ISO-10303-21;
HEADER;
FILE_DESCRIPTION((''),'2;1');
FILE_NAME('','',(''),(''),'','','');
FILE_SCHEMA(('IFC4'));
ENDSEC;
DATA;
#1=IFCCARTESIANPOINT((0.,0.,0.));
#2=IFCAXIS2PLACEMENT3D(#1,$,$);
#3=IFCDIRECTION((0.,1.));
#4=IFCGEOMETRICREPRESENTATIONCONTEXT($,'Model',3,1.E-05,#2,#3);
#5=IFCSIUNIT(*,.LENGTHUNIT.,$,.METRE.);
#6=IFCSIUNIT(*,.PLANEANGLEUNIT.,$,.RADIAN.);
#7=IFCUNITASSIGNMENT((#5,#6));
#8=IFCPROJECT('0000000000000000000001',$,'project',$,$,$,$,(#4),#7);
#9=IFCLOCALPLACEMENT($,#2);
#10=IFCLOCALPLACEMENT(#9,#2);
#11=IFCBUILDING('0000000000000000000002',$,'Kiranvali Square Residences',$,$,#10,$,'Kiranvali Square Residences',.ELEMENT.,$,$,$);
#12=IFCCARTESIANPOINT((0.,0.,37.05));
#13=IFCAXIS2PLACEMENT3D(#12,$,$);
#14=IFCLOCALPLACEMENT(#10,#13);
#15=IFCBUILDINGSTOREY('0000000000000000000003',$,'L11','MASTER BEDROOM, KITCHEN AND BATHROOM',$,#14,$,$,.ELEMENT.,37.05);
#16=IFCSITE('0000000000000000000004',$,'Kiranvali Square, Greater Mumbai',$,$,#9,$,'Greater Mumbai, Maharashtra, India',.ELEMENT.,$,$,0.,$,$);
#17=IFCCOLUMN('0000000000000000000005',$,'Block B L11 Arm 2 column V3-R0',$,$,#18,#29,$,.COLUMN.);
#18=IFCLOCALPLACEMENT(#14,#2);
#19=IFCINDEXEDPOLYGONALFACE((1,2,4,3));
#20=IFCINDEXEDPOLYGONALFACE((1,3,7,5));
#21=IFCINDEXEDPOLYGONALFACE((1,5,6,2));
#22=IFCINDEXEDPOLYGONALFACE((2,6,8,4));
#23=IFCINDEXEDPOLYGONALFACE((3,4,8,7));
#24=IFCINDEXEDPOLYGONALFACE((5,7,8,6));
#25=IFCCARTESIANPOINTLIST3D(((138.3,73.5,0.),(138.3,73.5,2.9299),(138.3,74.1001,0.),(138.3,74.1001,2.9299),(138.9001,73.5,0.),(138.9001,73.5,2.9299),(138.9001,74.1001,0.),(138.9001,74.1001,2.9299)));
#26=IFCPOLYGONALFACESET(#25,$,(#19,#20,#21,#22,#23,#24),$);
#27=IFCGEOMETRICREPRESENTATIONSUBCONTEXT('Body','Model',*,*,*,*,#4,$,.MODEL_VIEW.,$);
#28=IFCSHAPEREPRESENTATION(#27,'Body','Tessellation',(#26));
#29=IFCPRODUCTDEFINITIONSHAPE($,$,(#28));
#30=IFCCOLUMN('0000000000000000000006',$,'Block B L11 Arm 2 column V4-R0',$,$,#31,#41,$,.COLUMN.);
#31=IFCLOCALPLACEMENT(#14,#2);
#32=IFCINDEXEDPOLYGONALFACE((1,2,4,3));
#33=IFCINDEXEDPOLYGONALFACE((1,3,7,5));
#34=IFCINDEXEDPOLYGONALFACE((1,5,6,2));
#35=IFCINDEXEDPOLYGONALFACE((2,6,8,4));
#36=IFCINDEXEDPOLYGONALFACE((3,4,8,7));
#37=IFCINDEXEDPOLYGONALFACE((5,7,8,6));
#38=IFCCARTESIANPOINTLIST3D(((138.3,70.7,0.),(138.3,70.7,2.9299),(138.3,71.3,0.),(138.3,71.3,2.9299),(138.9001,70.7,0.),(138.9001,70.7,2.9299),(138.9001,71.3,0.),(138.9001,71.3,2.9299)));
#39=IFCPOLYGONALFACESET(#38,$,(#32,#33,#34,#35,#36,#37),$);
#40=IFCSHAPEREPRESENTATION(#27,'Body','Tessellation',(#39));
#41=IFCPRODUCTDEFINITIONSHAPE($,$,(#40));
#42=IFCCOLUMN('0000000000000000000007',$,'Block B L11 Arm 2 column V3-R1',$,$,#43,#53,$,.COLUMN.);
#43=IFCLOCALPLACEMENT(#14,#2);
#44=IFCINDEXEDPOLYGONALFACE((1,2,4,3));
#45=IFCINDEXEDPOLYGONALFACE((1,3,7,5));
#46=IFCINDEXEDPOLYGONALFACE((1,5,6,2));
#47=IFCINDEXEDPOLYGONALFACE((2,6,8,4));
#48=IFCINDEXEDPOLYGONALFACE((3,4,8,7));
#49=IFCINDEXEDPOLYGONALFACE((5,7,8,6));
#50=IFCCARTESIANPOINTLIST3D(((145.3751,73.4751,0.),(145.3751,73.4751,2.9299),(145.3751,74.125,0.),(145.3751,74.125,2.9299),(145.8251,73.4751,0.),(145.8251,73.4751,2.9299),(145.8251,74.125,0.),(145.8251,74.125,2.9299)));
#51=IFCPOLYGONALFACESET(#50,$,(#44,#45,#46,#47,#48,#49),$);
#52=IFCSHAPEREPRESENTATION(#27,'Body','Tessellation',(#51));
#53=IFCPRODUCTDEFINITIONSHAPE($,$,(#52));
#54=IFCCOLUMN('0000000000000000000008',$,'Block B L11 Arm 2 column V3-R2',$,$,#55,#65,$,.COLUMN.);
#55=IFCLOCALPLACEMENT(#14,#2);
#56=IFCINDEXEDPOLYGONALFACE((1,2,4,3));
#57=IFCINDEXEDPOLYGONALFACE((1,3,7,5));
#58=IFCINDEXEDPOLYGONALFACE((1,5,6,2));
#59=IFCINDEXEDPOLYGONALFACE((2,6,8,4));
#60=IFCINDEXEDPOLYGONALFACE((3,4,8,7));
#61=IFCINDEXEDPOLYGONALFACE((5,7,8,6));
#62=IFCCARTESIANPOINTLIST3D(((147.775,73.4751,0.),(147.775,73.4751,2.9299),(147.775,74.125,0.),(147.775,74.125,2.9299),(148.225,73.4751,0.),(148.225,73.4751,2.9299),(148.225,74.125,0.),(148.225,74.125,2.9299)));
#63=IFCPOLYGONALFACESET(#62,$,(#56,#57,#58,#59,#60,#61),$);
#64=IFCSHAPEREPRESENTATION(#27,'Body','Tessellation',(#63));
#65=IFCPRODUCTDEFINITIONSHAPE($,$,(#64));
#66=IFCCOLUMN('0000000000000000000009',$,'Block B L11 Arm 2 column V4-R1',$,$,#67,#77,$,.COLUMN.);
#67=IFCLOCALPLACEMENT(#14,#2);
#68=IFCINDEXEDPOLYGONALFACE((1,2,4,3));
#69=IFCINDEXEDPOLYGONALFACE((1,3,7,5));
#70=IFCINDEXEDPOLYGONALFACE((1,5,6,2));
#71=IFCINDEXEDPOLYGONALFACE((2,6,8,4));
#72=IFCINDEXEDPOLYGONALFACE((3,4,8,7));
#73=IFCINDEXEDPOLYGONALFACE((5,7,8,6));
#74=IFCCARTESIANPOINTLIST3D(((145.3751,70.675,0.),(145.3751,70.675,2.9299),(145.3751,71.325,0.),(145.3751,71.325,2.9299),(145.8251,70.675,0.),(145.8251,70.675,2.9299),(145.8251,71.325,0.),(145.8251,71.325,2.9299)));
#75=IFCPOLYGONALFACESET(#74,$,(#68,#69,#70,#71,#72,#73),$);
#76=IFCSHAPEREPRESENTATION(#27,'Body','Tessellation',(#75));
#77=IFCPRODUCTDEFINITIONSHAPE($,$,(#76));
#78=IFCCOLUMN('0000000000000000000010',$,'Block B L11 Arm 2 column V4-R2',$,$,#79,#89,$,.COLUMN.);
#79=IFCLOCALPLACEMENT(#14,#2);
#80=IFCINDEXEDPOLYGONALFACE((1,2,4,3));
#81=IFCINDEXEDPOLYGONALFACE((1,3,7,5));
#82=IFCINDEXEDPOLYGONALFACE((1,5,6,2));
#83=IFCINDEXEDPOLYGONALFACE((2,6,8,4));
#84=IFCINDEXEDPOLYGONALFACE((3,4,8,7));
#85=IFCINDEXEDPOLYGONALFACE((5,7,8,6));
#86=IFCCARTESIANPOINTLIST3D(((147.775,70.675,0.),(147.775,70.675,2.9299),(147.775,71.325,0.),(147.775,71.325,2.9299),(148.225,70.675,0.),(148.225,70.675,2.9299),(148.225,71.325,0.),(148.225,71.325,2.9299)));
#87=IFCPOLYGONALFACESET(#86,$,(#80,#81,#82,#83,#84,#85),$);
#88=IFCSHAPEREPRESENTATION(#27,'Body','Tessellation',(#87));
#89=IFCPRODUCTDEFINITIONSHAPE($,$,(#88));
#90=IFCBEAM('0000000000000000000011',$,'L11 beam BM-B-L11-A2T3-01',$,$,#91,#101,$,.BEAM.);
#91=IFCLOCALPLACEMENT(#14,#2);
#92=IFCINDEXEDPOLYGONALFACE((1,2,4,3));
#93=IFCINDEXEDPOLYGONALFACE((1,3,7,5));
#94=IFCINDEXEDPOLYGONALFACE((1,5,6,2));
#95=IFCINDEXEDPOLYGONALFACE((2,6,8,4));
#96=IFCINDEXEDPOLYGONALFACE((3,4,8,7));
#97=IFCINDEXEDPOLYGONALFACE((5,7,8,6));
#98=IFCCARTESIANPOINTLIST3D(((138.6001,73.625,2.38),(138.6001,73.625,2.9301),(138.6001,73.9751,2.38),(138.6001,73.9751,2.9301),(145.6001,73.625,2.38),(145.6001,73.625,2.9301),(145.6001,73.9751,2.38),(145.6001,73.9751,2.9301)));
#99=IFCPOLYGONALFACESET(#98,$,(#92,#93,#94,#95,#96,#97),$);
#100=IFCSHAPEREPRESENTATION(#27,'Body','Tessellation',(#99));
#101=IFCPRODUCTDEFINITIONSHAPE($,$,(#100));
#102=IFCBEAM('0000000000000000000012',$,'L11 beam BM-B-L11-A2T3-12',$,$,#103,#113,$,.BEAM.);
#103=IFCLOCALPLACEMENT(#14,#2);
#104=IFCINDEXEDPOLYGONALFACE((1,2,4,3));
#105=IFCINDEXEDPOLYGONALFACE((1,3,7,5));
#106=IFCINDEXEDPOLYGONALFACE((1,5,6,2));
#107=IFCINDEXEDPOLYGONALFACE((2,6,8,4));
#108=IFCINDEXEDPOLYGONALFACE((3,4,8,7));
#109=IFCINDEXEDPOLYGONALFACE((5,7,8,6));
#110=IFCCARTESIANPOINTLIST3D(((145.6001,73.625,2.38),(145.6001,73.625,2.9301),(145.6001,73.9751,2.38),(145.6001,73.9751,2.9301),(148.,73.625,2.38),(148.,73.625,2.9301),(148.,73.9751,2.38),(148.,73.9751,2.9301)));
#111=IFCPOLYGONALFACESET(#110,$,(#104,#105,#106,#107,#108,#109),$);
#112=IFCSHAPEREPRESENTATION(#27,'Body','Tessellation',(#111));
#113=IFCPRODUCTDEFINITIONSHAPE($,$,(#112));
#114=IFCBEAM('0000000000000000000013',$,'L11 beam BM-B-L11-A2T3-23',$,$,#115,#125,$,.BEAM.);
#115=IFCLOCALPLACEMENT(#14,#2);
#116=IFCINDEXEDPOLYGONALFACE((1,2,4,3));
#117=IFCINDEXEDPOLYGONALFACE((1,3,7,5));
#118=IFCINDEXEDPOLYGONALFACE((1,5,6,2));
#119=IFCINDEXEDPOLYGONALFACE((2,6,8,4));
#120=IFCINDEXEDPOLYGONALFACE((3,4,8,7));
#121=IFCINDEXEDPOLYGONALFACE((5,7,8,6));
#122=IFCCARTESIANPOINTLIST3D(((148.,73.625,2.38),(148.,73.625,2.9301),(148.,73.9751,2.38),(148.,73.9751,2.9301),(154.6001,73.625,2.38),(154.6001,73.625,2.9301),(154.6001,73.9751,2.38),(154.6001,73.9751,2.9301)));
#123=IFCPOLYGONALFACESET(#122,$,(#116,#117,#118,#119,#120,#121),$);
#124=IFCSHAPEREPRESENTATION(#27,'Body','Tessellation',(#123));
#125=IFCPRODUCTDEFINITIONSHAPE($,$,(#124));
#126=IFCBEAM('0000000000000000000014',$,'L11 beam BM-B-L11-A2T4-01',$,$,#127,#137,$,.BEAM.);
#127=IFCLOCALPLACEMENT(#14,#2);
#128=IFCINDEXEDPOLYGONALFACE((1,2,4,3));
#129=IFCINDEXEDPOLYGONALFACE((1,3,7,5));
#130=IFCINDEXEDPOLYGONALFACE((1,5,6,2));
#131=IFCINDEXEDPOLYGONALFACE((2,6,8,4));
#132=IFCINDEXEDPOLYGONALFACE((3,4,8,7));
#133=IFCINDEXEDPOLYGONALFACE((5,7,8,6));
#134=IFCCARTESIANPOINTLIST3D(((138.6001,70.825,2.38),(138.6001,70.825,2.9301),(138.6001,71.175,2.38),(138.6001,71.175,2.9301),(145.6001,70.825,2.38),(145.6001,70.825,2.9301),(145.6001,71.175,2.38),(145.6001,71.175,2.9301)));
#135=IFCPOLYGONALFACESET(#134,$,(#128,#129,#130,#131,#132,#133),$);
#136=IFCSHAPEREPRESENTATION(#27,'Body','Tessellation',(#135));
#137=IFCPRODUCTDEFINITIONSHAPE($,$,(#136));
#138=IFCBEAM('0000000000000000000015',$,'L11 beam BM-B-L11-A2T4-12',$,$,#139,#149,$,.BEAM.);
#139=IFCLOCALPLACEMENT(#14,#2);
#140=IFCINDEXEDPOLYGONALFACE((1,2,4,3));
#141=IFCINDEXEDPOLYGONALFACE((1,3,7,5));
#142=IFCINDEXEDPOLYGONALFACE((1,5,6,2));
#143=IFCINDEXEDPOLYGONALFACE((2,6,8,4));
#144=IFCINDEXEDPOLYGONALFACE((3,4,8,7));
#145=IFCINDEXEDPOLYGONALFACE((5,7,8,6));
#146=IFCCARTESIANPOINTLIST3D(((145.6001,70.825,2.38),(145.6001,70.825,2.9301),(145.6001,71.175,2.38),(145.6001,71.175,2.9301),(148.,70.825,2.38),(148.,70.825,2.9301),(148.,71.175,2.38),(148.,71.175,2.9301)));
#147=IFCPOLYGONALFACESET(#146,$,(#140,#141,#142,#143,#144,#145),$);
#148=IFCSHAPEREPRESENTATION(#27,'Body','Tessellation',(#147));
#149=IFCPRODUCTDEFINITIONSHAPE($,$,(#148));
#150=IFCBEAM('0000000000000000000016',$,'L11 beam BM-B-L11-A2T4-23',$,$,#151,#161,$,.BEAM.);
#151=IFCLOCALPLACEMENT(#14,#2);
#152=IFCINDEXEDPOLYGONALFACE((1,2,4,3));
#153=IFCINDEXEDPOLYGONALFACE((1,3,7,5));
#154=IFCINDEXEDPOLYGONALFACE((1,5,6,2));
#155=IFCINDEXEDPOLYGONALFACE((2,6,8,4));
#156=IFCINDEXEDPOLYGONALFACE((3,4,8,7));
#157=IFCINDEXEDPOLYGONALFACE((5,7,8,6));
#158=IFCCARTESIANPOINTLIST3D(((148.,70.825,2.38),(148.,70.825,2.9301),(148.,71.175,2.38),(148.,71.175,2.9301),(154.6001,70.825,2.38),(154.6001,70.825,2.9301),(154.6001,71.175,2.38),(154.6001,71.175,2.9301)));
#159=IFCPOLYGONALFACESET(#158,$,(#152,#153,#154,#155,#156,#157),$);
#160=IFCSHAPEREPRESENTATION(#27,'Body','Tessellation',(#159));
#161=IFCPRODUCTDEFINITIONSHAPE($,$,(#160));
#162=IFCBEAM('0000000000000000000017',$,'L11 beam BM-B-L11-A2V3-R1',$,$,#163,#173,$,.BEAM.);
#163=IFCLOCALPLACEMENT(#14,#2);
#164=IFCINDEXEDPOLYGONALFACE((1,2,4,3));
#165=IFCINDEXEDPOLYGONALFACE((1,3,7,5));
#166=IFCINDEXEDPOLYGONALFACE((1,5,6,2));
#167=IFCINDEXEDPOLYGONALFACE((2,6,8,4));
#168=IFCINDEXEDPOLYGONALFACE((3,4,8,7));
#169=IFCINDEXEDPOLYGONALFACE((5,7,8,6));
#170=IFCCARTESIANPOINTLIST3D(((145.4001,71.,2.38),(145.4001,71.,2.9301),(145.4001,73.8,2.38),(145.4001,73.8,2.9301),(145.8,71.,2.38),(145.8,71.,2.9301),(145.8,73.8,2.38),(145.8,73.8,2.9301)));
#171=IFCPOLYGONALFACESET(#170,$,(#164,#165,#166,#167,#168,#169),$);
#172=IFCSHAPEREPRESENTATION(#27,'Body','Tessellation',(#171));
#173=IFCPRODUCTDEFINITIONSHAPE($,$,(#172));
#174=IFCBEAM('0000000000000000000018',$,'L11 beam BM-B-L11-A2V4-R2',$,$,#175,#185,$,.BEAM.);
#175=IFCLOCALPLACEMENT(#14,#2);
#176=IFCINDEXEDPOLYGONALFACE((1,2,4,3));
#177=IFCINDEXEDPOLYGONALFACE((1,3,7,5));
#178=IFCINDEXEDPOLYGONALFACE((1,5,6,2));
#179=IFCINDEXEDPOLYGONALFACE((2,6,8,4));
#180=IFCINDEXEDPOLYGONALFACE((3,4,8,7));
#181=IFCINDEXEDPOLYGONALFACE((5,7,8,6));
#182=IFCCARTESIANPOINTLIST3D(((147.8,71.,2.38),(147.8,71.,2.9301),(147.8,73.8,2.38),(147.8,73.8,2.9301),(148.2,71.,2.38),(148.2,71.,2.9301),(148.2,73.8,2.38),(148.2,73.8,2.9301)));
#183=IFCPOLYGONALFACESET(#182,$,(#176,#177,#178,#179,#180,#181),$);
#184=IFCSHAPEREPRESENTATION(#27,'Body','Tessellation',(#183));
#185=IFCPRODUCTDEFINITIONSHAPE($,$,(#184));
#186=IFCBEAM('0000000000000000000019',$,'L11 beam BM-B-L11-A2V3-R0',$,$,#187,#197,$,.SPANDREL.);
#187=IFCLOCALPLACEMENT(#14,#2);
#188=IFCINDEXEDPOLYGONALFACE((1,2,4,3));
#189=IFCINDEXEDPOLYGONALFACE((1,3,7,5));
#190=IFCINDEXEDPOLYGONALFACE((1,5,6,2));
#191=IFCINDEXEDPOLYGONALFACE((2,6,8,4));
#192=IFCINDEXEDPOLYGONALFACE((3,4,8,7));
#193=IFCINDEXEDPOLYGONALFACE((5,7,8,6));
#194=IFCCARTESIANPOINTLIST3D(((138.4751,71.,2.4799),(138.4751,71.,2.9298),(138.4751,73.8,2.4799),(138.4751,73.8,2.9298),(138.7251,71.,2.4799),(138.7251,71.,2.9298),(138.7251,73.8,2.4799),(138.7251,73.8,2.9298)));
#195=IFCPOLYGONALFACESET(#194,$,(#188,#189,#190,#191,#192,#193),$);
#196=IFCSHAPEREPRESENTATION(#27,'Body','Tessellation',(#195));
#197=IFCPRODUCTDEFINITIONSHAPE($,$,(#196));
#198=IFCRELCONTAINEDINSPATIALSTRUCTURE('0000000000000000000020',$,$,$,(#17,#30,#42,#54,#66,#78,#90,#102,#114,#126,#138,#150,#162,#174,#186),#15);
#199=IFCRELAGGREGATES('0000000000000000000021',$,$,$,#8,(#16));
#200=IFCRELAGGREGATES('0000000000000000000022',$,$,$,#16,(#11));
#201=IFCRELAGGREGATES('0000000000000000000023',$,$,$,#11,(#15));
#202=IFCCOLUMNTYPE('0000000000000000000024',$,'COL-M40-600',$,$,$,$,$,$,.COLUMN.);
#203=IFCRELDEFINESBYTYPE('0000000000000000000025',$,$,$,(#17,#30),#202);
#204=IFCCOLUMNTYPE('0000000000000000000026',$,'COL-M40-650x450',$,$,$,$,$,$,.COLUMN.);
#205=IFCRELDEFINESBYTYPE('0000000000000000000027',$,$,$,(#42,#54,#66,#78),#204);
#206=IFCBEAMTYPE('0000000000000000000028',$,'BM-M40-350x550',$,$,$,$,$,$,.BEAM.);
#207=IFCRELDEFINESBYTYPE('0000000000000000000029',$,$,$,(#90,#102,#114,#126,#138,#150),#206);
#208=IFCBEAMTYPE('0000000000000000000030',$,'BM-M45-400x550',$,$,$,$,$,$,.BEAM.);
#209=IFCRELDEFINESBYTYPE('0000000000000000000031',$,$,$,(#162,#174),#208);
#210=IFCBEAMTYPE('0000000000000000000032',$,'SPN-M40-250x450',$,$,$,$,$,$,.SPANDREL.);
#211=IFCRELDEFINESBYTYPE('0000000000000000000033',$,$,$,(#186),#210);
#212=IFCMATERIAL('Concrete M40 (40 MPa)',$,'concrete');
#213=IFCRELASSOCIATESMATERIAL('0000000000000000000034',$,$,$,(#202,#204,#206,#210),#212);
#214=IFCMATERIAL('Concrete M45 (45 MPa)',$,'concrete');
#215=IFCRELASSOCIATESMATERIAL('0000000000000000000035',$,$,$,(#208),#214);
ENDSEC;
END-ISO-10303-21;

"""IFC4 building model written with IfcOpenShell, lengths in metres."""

from ifc_helpers import new_model, si_unit, direction, frame, origin, origin_2d, place, context, subcontext, project, spatial, rectangle, extrude, material, material_profile, profile_set, type_object, element, save


model = new_model("IFC4")

# Units and contexts
model_context = context("Model", 3, precision=1e-05, world=origin(), true_north=direction((0.0, 1.0)))
body_context = subcontext(model_context, "Body", "Model", "MODEL_VIEW")
ifc_project = project(units=[si_unit("LENGTHUNIT", "METRE"), si_unit("PLANEANGLEUNIT", "RADIAN")], contexts=[model_context])

# Site, building, storey
site_placement = place(None, origin())
site = spatial("IfcSite", under=ifc_project, at=site_placement, Name="Kiranvali Square, Greater Mumbai", LongName="Greater Mumbai, Maharashtra, India", CompositionType="ELEMENT", RefElevation=0.0)
building_placement = place(site_placement, origin())
building = spatial("IfcBuilding", under=site, at=building_placement, Name="Kiranvali Square Residences", LongName="Kiranvali Square Residences", CompositionType="ELEMENT")
storey_placement = place(building_placement, frame((0.0, 0.0, 37.05)))
storey = spatial("IfcBuildingStorey", under=building, at=storey_placement, Name="L11", Description="MASTER BEDROOM, KITCHEN AND BATHROOM", CompositionType="ELEMENT", Elevation=37.05)

# Columns
ifc_material_1 = material(Name="Concrete M40 (40 MPa)", Category="concrete")
ifc_material_profile_1 = material_profile(ifc_material_1, rectangle(XDim=0.6001, YDim=0.6001, at=origin_2d()), Name="RC 600x600")
ifc_profile_set_1 = profile_set([ifc_material_profile_1], Name="Concrete M40 (40 MPa)")
column_type_1 = type_object("IfcColumnType", Name="COL-M40-600", PredefinedType="COLUMN", material=ifc_profile_set_1)
for number, where, z_axis, x_axis, name in (
    (1, (138.6001, 73.8, 0.0), (0.0, 0.0, 1.0), (1.0, 0.0, 0.0), "Block B L11 Arm 2 column V3-R0"),
    (2, (138.6001, 71.0, 0.0), (0.0, 0.0, 1.0), (1.0, 0.0, 0.0), "Block B L11 Arm 2 column V4-R0"),
):
    element("IfcColumn", number, at=place(storey_placement, frame(where, z_axis=z_axis, x_axis=x_axis)), inside=storey, type_object=column_type_1, Name=name, PredefinedType="COLUMN", context=body_context, shape_type="SweptSolid", body=[
        extrude(rectangle(XDim=0.6001, YDim=0.6001, at=origin_2d()), origin(), (0.0, 0.0, 1.0), 2.9299),
    ])
ifc_material_profile_2 = material_profile(ifc_material_1, rectangle(XDim=0.45, YDim=0.6499, at=origin_2d()), Name="RC 650x450")
ifc_profile_set_2 = profile_set([ifc_material_profile_2], Name="Concrete M40 (40 MPa)")
column_type_2 = type_object("IfcColumnType", Name="COL-M40-650x450", PredefinedType="COLUMN", material=ifc_profile_set_2)
for number, where, z_axis, x_axis, name in (
    (3, (145.6001, 73.8, 0.0), (0.0, 0.0, 1.0), (1.0, 0.0, 0.0), "Block B L11 Arm 2 column V3-R1"),
    (4, (148.0, 73.8, 0.0), (0.0, 0.0, 1.0), (1.0, 0.0, 0.0), "Block B L11 Arm 2 column V3-R2"),
    (5, (145.6001, 71.0, 0.0), (0.0, 0.0, 1.0), (1.0, 0.0, 0.0), "Block B L11 Arm 2 column V4-R1"),
    (6, (148.0, 71.0, 0.0), (0.0, 0.0, 1.0), (1.0, 0.0, 0.0), "Block B L11 Arm 2 column V4-R2"),
):
    element("IfcColumn", number, at=place(storey_placement, frame(where, z_axis=z_axis, x_axis=x_axis)), inside=storey, type_object=column_type_2, Name=name, PredefinedType="COLUMN", context=body_context, shape_type="SweptSolid", body=[
        extrude(rectangle(XDim=0.45, YDim=0.6499, at=origin_2d()), origin(), (0.0, 0.0, 1.0), 2.9299),
    ])

# Beams
ifc_material_profile_3 = material_profile(ifc_material_1, rectangle(XDim=0.3501, YDim=0.55, at=origin_2d()), Name="RC 350x550")
ifc_profile_set_3 = profile_set([ifc_material_profile_3], Name="Concrete M40 (40 MPa)")
beam_type_1 = type_object("IfcBeamType", Name="BM-M40-350x550", PredefinedType="BEAM", material=ifc_profile_set_3)
beam_1_placement = place(storey_placement, frame((138.6001, 73.8, 2.655), z_axis=(1.0, 0.0, 0.0), x_axis=(0.0, 1.0, 0.0)))
element("IfcBeam", 7, at=beam_1_placement, inside=storey, type_object=beam_type_1, Name="L11 beam BM-B-L11-A2T3-01", PredefinedType="BEAM", context=body_context, shape_type="SweptSolid", body=[
    extrude(rectangle(XDim=0.3501, YDim=0.55, at=origin_2d()), origin(), (0.0, 0.0, 1.0), 7.0),
])
beam_2_placement = place(storey_placement, frame((145.6001, 73.8, 2.655), z_axis=(1.0, 0.0, 0.0), x_axis=(0.0, 1.0, 0.0)))
element("IfcBeam", 8, at=beam_2_placement, inside=storey, type_object=beam_type_1, Name="L11 beam BM-B-L11-A2T3-12", PredefinedType="BEAM", context=body_context, shape_type="SweptSolid", body=[
    extrude(rectangle(XDim=0.3501, YDim=0.55, at=origin_2d()), origin(), (0.0, 0.0, 1.0), 2.3999),
])
beam_3_placement = place(storey_placement, frame((148.0, 73.8, 2.655), z_axis=(1.0, 0.0, 0.0), x_axis=(0.0, 1.0, 0.0)))
element("IfcBeam", 9, at=beam_3_placement, inside=storey, type_object=beam_type_1, Name="L11 beam BM-B-L11-A2T3-23", PredefinedType="BEAM", context=body_context, shape_type="SweptSolid", body=[
    extrude(rectangle(XDim=0.3501, YDim=0.55, at=origin_2d()), origin(), (0.0, 0.0, 1.0), 6.6001),
])
beam_4_placement = place(storey_placement, frame((138.6001, 71.0, 2.655), z_axis=(1.0, 0.0, 0.0), x_axis=(0.0, 1.0, 0.0)))
element("IfcBeam", 10, at=beam_4_placement, inside=storey, type_object=beam_type_1, Name="L11 beam BM-B-L11-A2T4-01", PredefinedType="BEAM", context=body_context, shape_type="SweptSolid", body=[
    extrude(rectangle(XDim=0.3501, YDim=0.55, at=origin_2d()), origin(), (0.0, 0.0, 1.0), 7.0),
])
beam_5_placement = place(storey_placement, frame((145.6001, 71.0, 2.655), z_axis=(1.0, 0.0, 0.0), x_axis=(0.0, 1.0, 0.0)))
element("IfcBeam", 11, at=beam_5_placement, inside=storey, type_object=beam_type_1, Name="L11 beam BM-B-L11-A2T4-12", PredefinedType="BEAM", context=body_context, shape_type="SweptSolid", body=[
    extrude(rectangle(XDim=0.3501, YDim=0.55, at=origin_2d()), origin(), (0.0, 0.0, 1.0), 2.3999),
])
beam_6_placement = place(storey_placement, frame((148.0, 71.0, 2.655), z_axis=(1.0, 0.0, 0.0), x_axis=(0.0, 1.0, 0.0)))
element("IfcBeam", 12, at=beam_6_placement, inside=storey, type_object=beam_type_1, Name="L11 beam BM-B-L11-A2T4-23", PredefinedType="BEAM", context=body_context, shape_type="SweptSolid", body=[
    extrude(rectangle(XDim=0.3501, YDim=0.55, at=origin_2d()), origin(), (0.0, 0.0, 1.0), 6.6001),
])
ifc_material_2 = material(Name="Concrete M45 (45 MPa)", Category="concrete")
ifc_material_profile_4 = material_profile(ifc_material_2, rectangle(XDim=0.3999, YDim=0.55, at=origin_2d()), Name="RC 400x550")
ifc_profile_set_4 = profile_set([ifc_material_profile_4], Name="Concrete M45 (45 MPa)")
beam_type_2 = type_object("IfcBeamType", Name="BM-M45-400x550", PredefinedType="BEAM", material=ifc_profile_set_4)
for number, where, z_axis, x_axis, name in (
    (13, (145.6001, 73.8, 2.655), (0.0, -1.0, 0.0), (1.0, 0.0, 0.0), "L11 beam BM-B-L11-A2V3-R1"),
    (14, (148.0, 73.8, 2.655), (0.0, -1.0, 0.0), (1.0, 0.0, 0.0), "L11 beam BM-B-L11-A2V4-R2"),
):
    element("IfcBeam", number, at=place(storey_placement, frame(where, z_axis=z_axis, x_axis=x_axis)), inside=storey, type_object=beam_type_2, Name=name, PredefinedType="BEAM", context=body_context, shape_type="SweptSolid", body=[
        extrude(rectangle(XDim=0.3999, YDim=0.55, at=origin_2d()), origin(), (0.0, 0.0, 1.0), 2.8),
    ])
ifc_material_profile_5 = material_profile(ifc_material_1, rectangle(XDim=0.25, YDim=0.45, at=origin_2d()), Name="RC 250x450")
ifc_profile_set_5 = profile_set([ifc_material_profile_5], Name="Concrete M40 (40 MPa)")
beam_type_3 = type_object("IfcBeamType", Name="SPN-M40-250x450", PredefinedType="SPANDREL", material=ifc_profile_set_5)
beam_7_placement = place(storey_placement, frame((138.6001, 73.8, 2.7048), z_axis=(0.0, -1.0, 0.0), x_axis=(1.0, 0.0, 0.0)))
element("IfcBeam", 15, at=beam_7_placement, inside=storey, type_object=beam_type_3, Name="L11 beam BM-B-L11-A2V3-R0", PredefinedType="SPANDREL", context=body_context, shape_type="SweptSolid", body=[
    extrude(rectangle(XDim=0.25, YDim=0.45, at=origin_2d()), origin(), (0.0, 0.0, 1.0), 2.8),
])

save(model, "model.ifc")
